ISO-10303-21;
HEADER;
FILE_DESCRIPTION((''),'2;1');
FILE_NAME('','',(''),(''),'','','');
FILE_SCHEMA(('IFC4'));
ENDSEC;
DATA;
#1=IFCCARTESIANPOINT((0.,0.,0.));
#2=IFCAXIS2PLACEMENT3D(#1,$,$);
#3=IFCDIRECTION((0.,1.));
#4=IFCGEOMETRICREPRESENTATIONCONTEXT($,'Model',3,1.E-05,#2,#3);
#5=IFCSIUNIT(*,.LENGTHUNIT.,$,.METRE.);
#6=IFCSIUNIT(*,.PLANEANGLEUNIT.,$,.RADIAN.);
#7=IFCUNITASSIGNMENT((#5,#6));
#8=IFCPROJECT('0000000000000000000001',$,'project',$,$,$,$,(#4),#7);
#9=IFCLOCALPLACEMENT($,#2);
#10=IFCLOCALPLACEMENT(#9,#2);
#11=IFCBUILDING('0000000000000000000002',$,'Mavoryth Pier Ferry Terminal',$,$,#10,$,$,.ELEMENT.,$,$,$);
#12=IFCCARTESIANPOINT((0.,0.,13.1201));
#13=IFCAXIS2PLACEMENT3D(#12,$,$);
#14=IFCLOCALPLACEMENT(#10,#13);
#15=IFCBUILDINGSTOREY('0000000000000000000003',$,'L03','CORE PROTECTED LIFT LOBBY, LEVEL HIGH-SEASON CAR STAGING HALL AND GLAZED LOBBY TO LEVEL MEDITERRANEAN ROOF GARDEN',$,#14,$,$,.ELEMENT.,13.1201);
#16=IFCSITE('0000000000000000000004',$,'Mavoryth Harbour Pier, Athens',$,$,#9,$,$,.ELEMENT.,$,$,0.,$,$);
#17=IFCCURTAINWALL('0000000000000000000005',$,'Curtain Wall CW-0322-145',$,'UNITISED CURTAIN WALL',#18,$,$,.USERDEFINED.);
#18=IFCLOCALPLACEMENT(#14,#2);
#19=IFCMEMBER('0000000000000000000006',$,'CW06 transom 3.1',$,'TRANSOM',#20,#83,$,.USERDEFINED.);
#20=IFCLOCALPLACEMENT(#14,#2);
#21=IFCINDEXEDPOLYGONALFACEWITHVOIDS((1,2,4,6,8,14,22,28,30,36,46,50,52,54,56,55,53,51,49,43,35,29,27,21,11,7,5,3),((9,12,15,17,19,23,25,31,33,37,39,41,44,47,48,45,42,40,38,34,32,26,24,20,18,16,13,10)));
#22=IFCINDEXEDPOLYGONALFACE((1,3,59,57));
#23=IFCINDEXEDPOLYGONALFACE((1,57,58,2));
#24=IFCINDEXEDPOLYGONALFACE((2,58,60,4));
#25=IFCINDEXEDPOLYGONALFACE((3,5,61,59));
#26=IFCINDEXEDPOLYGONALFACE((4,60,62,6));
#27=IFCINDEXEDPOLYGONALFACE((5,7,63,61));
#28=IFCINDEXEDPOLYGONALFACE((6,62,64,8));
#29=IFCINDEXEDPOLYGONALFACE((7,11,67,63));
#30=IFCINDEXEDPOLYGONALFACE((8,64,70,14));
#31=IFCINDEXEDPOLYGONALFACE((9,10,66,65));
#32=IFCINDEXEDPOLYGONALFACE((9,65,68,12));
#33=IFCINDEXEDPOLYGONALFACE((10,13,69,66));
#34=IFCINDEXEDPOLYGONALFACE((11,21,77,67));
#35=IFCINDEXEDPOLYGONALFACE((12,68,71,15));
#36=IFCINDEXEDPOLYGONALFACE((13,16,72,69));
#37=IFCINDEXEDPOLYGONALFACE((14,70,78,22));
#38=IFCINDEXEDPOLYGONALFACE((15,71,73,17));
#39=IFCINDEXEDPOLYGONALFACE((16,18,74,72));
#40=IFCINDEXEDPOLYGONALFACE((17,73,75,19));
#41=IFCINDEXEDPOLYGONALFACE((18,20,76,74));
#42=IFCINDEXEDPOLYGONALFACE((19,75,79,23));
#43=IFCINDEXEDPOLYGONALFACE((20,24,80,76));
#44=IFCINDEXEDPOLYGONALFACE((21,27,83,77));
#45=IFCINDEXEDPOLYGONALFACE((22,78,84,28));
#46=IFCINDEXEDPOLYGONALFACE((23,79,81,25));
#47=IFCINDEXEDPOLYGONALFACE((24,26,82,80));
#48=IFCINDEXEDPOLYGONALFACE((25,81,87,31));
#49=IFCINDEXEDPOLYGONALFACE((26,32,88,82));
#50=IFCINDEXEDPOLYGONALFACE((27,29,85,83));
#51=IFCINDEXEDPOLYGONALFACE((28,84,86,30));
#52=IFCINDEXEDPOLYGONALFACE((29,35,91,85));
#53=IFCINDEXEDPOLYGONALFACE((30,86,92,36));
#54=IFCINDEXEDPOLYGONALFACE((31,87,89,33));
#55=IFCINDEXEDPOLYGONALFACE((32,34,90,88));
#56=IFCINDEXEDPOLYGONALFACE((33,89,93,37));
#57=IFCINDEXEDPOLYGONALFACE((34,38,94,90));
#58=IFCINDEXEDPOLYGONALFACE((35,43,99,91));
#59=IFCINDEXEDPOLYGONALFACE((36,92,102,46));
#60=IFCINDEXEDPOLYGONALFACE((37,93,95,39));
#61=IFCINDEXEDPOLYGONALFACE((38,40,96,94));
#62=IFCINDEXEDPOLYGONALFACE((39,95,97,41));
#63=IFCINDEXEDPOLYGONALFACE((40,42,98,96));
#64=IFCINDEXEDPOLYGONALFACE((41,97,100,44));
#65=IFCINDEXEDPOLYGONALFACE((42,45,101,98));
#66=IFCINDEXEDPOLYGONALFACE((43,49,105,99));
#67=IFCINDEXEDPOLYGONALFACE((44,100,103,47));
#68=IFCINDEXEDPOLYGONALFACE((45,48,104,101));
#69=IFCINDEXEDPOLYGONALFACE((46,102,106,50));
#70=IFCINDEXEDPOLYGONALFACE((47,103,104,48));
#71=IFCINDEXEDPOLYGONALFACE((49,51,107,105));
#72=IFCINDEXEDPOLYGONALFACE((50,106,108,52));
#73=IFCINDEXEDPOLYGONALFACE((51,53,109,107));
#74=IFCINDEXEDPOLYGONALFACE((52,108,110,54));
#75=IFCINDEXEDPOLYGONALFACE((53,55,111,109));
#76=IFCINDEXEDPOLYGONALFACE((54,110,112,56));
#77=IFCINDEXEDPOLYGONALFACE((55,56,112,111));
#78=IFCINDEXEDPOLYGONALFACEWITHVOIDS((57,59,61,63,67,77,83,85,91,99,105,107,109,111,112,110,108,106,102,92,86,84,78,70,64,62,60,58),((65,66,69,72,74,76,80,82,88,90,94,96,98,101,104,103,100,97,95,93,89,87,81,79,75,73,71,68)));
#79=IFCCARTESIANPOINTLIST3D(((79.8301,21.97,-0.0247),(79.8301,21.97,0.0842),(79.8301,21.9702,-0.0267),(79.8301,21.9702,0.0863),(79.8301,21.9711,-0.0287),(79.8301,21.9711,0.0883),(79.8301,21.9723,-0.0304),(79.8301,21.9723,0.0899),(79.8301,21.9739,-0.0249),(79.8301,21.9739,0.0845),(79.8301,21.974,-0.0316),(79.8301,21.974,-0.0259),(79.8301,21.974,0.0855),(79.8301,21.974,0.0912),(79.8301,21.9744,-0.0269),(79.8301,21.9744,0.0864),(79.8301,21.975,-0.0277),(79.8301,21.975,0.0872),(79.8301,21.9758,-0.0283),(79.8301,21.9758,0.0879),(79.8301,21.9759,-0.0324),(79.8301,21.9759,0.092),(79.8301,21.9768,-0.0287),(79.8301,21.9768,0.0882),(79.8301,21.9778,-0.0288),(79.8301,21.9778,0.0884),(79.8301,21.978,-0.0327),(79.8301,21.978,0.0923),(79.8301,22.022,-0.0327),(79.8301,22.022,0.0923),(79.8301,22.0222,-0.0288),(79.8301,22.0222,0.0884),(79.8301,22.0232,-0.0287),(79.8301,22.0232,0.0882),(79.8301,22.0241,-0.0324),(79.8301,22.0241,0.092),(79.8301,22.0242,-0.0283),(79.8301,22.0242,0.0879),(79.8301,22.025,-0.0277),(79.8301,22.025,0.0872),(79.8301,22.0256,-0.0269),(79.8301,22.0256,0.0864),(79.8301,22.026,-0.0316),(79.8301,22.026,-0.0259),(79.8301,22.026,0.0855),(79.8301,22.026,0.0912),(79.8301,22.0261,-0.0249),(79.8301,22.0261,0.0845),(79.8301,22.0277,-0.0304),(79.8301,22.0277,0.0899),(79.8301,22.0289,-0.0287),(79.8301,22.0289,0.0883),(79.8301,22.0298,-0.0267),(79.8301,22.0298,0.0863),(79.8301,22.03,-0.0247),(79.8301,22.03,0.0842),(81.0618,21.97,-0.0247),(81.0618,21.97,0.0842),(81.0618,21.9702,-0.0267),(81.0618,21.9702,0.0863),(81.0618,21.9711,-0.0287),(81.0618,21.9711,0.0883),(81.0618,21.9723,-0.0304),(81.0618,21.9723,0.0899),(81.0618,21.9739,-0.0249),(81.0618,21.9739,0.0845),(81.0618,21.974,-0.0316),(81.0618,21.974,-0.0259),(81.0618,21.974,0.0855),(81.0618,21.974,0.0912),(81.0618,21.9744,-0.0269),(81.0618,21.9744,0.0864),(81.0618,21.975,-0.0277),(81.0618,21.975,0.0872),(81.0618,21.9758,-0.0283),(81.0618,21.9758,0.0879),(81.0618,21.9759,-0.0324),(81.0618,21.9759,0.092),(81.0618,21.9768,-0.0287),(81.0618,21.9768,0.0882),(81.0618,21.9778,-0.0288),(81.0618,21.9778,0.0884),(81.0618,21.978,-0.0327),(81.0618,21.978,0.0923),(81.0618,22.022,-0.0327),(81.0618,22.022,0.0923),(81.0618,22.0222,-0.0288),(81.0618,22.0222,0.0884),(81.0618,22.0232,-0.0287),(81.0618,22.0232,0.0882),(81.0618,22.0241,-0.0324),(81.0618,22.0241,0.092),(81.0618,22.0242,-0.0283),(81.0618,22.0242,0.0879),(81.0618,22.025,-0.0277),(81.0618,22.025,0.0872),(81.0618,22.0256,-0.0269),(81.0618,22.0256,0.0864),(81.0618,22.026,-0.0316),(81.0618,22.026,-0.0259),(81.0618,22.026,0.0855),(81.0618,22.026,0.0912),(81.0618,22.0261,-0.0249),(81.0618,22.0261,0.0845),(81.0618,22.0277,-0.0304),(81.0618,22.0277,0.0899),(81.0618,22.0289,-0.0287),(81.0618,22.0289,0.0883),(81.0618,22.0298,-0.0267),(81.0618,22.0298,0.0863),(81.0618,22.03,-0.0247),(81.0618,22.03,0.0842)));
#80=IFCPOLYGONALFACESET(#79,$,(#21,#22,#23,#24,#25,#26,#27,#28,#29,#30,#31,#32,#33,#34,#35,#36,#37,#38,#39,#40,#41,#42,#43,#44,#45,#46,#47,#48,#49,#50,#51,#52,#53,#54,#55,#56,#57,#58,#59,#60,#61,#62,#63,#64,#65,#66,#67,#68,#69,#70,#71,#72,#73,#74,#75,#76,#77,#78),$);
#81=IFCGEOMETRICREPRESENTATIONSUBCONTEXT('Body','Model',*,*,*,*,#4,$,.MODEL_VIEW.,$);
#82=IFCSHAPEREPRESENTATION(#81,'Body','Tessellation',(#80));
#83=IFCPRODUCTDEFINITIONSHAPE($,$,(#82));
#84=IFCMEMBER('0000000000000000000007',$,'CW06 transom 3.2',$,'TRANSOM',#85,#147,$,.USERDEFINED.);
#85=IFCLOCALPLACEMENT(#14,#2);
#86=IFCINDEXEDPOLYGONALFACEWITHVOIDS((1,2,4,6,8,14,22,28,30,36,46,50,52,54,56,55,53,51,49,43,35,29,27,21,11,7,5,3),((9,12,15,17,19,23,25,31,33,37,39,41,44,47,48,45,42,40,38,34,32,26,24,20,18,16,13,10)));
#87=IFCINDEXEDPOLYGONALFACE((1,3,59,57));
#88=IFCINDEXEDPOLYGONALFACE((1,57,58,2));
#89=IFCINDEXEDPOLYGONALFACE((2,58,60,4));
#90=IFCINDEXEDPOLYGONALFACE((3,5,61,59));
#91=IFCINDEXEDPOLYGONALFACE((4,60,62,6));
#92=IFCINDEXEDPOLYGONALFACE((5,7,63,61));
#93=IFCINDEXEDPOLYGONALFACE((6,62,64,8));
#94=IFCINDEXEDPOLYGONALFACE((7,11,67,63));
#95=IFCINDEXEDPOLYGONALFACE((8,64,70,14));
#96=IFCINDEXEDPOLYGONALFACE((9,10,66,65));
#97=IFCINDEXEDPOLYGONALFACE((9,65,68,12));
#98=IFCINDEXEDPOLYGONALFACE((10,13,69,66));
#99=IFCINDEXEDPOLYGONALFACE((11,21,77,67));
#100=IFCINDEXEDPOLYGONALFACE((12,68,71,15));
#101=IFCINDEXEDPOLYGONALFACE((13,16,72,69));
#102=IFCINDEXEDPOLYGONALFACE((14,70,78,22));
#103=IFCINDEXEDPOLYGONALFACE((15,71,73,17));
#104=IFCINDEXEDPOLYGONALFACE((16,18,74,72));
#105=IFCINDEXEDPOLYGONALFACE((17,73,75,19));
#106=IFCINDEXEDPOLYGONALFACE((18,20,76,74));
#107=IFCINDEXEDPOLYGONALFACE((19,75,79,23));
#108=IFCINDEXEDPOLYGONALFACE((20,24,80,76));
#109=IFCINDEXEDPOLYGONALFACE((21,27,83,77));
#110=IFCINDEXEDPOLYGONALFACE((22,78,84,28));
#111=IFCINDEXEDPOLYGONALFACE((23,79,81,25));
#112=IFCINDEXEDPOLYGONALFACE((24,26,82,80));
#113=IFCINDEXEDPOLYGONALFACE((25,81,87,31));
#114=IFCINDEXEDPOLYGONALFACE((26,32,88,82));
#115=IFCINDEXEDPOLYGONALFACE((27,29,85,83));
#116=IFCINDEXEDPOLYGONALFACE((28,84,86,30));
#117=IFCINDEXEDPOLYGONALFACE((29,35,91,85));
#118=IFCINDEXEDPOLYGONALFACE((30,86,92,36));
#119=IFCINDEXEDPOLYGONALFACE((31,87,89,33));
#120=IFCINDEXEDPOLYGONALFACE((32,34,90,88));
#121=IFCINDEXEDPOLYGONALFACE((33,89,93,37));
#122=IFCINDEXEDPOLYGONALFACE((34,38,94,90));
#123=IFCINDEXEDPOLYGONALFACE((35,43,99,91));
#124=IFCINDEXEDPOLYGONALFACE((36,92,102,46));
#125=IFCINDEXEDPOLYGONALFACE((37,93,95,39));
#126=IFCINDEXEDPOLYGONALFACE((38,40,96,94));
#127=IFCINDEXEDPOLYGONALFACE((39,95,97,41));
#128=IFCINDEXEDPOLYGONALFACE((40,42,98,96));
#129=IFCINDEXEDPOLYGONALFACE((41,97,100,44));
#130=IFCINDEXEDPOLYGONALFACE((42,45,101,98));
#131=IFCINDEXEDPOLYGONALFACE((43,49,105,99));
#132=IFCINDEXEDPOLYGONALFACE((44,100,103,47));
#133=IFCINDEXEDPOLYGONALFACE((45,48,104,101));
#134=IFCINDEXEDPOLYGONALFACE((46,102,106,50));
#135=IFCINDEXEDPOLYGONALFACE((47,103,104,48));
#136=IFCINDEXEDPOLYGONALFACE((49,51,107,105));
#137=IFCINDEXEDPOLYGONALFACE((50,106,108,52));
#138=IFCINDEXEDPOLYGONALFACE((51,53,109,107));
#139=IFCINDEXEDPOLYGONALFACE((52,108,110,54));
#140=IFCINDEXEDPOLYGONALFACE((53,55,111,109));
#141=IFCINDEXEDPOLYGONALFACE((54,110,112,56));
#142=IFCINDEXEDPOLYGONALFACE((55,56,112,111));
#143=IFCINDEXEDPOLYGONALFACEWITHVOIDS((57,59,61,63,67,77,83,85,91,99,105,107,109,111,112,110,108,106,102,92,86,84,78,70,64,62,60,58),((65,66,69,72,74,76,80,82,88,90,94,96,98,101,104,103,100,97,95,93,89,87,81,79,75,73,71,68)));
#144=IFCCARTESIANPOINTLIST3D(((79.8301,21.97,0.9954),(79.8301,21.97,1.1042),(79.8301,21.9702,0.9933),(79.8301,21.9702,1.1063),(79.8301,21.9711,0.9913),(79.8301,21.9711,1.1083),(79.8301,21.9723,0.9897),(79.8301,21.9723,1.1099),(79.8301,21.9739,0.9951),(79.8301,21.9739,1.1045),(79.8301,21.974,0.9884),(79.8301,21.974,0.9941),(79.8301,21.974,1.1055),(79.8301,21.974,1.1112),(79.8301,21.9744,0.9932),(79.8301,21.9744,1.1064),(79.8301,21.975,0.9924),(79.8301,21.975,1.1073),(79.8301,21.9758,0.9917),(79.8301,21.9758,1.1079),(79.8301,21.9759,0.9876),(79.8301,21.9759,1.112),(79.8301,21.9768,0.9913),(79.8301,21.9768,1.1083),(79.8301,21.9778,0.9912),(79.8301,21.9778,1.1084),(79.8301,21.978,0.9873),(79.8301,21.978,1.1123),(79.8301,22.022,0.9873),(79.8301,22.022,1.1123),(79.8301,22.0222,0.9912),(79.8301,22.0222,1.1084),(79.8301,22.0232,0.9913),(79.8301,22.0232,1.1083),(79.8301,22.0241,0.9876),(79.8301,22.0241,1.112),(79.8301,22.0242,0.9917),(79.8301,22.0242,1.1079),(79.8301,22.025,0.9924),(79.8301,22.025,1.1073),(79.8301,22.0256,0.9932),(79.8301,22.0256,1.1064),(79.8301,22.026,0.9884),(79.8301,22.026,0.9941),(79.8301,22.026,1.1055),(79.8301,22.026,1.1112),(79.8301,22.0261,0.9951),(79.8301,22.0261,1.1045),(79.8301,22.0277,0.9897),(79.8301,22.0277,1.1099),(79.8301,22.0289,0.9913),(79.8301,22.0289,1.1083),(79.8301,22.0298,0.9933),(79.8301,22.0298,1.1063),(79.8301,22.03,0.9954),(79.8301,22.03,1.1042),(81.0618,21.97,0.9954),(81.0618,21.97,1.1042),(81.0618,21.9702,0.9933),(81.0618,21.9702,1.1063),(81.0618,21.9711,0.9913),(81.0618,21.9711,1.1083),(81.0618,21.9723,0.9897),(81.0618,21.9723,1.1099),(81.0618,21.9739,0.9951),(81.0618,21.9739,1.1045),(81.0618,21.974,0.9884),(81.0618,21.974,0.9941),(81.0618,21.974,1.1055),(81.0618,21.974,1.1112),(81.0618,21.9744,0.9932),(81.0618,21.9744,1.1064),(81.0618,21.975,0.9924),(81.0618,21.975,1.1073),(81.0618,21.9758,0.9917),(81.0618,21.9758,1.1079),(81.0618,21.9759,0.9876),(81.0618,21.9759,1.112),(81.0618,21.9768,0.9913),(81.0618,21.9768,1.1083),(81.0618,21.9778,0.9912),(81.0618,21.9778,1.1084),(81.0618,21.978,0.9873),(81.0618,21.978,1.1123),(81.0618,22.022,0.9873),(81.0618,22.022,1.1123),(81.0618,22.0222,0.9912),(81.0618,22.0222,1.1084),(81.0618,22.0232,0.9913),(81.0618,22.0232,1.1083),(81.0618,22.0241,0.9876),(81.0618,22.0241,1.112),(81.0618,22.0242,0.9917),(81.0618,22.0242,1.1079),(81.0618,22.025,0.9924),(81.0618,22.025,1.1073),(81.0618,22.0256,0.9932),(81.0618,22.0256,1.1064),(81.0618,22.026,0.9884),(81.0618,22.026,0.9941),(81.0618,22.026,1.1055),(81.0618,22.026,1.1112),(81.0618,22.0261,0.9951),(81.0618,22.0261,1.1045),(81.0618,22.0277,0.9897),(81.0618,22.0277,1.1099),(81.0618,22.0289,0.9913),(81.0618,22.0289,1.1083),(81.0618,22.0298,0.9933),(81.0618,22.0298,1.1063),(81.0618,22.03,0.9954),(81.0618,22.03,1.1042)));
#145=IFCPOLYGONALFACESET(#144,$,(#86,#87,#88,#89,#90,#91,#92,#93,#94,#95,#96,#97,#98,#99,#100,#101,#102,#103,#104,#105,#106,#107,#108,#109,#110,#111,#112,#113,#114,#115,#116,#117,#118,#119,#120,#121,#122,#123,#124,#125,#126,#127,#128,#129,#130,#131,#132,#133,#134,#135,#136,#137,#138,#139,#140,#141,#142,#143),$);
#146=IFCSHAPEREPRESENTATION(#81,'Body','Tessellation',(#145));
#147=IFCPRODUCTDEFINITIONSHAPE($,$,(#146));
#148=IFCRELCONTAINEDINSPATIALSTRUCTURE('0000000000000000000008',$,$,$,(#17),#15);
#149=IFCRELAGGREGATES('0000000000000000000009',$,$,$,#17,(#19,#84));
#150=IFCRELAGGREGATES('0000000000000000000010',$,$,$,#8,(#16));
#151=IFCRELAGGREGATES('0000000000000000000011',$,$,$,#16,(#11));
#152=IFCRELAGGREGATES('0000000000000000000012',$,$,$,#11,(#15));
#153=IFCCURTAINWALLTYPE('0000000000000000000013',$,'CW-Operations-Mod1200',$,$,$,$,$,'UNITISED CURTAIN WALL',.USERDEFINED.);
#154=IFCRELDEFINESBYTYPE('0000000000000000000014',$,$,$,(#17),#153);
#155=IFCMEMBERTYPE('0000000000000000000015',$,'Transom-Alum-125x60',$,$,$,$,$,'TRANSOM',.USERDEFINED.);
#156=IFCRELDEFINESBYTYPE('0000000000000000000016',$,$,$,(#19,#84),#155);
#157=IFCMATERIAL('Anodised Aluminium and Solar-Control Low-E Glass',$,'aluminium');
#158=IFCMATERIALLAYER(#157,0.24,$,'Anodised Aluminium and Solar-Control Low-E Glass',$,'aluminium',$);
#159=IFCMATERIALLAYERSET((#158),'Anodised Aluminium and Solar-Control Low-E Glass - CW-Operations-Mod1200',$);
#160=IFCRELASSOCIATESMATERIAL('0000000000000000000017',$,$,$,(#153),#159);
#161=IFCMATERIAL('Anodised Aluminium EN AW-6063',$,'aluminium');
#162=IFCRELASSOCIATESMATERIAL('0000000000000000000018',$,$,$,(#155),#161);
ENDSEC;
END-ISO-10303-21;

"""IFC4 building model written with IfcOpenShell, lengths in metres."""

from ifc_helpers import new_model, si_unit, direction, frame, origin, origin_2d, place, context, subcontext, project, spatial, hollow_rectangle, extrude, material, layer, layer_set, material_profile, profile_set, type_object, element, aggregate, save


model = new_model("IFC4")

# Units and contexts
model_context = context("Model", 3, precision=1e-05, world=origin(), true_north=direction((0.0, 1.0)))
body_context = subcontext(model_context, "Body", "Model", "MODEL_VIEW")
ifc_project = project(units=[si_unit("LENGTHUNIT", "METRE"), si_unit("PLANEANGLEUNIT", "RADIAN")], contexts=[model_context])

# Site, building, storey
site_placement = place(None, origin())
site = spatial("IfcSite", under=ifc_project, at=site_placement, Name="Mavoryth Harbour Pier, Athens", CompositionType="ELEMENT", RefElevation=0.0)
building_placement = place(site_placement, origin())
building = spatial("IfcBuilding", under=site, at=building_placement, Name="Mavoryth Pier Ferry Terminal", CompositionType="ELEMENT")
storey_placement = place(building_placement, frame((0.0, 0.0, 13.1201)))
storey = spatial("IfcBuildingStorey", under=building, at=storey_placement, Name="L03", Description="CORE PROTECTED LIFT LOBBY, LEVEL HIGH-SEASON CAR STAGING HALL AND GLAZED LOBBY TO LEVEL MEDITERRANEAN ROOF GARDEN", CompositionType="ELEMENT", Elevation=13.1201)

# Curtain wall
ifc_material_1 = material(Name="Anodised Aluminium and Solar-Control Low-E Glass", Category="aluminium")
ifc_layer_1 = layer(ifc_material_1, 0.24, Name="Anodised Aluminium and Solar-Control Low-E Glass", Category="aluminium")
ifc_layer_set_1 = layer_set([ifc_layer_1], Name="Anodised Aluminium and Solar-Control Low-E Glass - CW-Operations-Mod1200")
curtain_wall_type = type_object("IfcCurtainWallType", Name="CW-Operations-Mod1200", ElementType="UNITISED CURTAIN WALL", PredefinedType="USERDEFINED", material=ifc_layer_set_1)
curtain_wall_placement = place(storey_placement, origin())
curtain_wall = element("IfcCurtainWall", 1, at=curtain_wall_placement, inside=storey, type_object=curtain_wall_type, Name="Curtain Wall CW-0322-145", ObjectType="UNITISED CURTAIN WALL", PredefinedType="USERDEFINED")
ifc_material_2 = material(Name="Anodised Aluminium EN AW-6063", Category="aluminium")

# Members
ifc_material_profile_1 = material_profile(ifc_material_2, hollow_rectangle(XDim=0.0601, YDim=0.125, WallThickness=0.0039, InnerFilletRadius=0.0039, OuterFilletRadius=0.0081, at=origin_2d()), Name="AL-TRAN 125x60x4", Category="aluminium")
ifc_profile_set_1 = profile_set([ifc_material_profile_1], Name="Anodised Aluminium EN AW-6063 - AL-TRAN 125x60x4")
member_type_1 = type_object("IfcMemberType", Name="Transom-Alum-125x60", ElementType="TRANSOM", PredefinedType="USERDEFINED", material=ifc_profile_set_1)
member_1_placement = place(storey_placement, frame((81.0618, 22.0, 0.0298), z_axis=(-1.0, 0.0, 0.0), x_axis=(0.0, -1.0, 0.0)))
member_1 = element("IfcMember", 2, at=member_1_placement, type_object=member_type_1, Name="CW06 transom 3.1", ObjectType="TRANSOM", PredefinedType="USERDEFINED", context=body_context, shape_type="SweptSolid", body=[
    extrude(hollow_rectangle(XDim=0.0601, YDim=0.125, WallThickness=0.0039, InnerFilletRadius=0.0039, OuterFilletRadius=0.0081, at=origin_2d()), origin(), (0.0, 0.0, 1.0), 1.2317),
])
member_2_placement = place(storey_placement, frame((81.0618, 22.0, 1.0498), z_axis=(-1.0, 0.0, 0.0), x_axis=(0.0, -1.0, 0.0)))
member_2 = element("IfcMember", 3, at=member_2_placement, type_object=member_type_1, Name="CW06 transom 3.2", ObjectType="TRANSOM", PredefinedType="USERDEFINED", context=body_context, shape_type="SweptSolid", body=[
    extrude(hollow_rectangle(XDim=0.0601, YDim=0.125, WallThickness=0.0039, InnerFilletRadius=0.0039, OuterFilletRadius=0.0081, at=origin_2d()), origin(), (0.0, 0.0, 1.0), 1.2317),
])

aggregate(curtain_wall, [member_1, member_2])

save(model, "model.ifc")
